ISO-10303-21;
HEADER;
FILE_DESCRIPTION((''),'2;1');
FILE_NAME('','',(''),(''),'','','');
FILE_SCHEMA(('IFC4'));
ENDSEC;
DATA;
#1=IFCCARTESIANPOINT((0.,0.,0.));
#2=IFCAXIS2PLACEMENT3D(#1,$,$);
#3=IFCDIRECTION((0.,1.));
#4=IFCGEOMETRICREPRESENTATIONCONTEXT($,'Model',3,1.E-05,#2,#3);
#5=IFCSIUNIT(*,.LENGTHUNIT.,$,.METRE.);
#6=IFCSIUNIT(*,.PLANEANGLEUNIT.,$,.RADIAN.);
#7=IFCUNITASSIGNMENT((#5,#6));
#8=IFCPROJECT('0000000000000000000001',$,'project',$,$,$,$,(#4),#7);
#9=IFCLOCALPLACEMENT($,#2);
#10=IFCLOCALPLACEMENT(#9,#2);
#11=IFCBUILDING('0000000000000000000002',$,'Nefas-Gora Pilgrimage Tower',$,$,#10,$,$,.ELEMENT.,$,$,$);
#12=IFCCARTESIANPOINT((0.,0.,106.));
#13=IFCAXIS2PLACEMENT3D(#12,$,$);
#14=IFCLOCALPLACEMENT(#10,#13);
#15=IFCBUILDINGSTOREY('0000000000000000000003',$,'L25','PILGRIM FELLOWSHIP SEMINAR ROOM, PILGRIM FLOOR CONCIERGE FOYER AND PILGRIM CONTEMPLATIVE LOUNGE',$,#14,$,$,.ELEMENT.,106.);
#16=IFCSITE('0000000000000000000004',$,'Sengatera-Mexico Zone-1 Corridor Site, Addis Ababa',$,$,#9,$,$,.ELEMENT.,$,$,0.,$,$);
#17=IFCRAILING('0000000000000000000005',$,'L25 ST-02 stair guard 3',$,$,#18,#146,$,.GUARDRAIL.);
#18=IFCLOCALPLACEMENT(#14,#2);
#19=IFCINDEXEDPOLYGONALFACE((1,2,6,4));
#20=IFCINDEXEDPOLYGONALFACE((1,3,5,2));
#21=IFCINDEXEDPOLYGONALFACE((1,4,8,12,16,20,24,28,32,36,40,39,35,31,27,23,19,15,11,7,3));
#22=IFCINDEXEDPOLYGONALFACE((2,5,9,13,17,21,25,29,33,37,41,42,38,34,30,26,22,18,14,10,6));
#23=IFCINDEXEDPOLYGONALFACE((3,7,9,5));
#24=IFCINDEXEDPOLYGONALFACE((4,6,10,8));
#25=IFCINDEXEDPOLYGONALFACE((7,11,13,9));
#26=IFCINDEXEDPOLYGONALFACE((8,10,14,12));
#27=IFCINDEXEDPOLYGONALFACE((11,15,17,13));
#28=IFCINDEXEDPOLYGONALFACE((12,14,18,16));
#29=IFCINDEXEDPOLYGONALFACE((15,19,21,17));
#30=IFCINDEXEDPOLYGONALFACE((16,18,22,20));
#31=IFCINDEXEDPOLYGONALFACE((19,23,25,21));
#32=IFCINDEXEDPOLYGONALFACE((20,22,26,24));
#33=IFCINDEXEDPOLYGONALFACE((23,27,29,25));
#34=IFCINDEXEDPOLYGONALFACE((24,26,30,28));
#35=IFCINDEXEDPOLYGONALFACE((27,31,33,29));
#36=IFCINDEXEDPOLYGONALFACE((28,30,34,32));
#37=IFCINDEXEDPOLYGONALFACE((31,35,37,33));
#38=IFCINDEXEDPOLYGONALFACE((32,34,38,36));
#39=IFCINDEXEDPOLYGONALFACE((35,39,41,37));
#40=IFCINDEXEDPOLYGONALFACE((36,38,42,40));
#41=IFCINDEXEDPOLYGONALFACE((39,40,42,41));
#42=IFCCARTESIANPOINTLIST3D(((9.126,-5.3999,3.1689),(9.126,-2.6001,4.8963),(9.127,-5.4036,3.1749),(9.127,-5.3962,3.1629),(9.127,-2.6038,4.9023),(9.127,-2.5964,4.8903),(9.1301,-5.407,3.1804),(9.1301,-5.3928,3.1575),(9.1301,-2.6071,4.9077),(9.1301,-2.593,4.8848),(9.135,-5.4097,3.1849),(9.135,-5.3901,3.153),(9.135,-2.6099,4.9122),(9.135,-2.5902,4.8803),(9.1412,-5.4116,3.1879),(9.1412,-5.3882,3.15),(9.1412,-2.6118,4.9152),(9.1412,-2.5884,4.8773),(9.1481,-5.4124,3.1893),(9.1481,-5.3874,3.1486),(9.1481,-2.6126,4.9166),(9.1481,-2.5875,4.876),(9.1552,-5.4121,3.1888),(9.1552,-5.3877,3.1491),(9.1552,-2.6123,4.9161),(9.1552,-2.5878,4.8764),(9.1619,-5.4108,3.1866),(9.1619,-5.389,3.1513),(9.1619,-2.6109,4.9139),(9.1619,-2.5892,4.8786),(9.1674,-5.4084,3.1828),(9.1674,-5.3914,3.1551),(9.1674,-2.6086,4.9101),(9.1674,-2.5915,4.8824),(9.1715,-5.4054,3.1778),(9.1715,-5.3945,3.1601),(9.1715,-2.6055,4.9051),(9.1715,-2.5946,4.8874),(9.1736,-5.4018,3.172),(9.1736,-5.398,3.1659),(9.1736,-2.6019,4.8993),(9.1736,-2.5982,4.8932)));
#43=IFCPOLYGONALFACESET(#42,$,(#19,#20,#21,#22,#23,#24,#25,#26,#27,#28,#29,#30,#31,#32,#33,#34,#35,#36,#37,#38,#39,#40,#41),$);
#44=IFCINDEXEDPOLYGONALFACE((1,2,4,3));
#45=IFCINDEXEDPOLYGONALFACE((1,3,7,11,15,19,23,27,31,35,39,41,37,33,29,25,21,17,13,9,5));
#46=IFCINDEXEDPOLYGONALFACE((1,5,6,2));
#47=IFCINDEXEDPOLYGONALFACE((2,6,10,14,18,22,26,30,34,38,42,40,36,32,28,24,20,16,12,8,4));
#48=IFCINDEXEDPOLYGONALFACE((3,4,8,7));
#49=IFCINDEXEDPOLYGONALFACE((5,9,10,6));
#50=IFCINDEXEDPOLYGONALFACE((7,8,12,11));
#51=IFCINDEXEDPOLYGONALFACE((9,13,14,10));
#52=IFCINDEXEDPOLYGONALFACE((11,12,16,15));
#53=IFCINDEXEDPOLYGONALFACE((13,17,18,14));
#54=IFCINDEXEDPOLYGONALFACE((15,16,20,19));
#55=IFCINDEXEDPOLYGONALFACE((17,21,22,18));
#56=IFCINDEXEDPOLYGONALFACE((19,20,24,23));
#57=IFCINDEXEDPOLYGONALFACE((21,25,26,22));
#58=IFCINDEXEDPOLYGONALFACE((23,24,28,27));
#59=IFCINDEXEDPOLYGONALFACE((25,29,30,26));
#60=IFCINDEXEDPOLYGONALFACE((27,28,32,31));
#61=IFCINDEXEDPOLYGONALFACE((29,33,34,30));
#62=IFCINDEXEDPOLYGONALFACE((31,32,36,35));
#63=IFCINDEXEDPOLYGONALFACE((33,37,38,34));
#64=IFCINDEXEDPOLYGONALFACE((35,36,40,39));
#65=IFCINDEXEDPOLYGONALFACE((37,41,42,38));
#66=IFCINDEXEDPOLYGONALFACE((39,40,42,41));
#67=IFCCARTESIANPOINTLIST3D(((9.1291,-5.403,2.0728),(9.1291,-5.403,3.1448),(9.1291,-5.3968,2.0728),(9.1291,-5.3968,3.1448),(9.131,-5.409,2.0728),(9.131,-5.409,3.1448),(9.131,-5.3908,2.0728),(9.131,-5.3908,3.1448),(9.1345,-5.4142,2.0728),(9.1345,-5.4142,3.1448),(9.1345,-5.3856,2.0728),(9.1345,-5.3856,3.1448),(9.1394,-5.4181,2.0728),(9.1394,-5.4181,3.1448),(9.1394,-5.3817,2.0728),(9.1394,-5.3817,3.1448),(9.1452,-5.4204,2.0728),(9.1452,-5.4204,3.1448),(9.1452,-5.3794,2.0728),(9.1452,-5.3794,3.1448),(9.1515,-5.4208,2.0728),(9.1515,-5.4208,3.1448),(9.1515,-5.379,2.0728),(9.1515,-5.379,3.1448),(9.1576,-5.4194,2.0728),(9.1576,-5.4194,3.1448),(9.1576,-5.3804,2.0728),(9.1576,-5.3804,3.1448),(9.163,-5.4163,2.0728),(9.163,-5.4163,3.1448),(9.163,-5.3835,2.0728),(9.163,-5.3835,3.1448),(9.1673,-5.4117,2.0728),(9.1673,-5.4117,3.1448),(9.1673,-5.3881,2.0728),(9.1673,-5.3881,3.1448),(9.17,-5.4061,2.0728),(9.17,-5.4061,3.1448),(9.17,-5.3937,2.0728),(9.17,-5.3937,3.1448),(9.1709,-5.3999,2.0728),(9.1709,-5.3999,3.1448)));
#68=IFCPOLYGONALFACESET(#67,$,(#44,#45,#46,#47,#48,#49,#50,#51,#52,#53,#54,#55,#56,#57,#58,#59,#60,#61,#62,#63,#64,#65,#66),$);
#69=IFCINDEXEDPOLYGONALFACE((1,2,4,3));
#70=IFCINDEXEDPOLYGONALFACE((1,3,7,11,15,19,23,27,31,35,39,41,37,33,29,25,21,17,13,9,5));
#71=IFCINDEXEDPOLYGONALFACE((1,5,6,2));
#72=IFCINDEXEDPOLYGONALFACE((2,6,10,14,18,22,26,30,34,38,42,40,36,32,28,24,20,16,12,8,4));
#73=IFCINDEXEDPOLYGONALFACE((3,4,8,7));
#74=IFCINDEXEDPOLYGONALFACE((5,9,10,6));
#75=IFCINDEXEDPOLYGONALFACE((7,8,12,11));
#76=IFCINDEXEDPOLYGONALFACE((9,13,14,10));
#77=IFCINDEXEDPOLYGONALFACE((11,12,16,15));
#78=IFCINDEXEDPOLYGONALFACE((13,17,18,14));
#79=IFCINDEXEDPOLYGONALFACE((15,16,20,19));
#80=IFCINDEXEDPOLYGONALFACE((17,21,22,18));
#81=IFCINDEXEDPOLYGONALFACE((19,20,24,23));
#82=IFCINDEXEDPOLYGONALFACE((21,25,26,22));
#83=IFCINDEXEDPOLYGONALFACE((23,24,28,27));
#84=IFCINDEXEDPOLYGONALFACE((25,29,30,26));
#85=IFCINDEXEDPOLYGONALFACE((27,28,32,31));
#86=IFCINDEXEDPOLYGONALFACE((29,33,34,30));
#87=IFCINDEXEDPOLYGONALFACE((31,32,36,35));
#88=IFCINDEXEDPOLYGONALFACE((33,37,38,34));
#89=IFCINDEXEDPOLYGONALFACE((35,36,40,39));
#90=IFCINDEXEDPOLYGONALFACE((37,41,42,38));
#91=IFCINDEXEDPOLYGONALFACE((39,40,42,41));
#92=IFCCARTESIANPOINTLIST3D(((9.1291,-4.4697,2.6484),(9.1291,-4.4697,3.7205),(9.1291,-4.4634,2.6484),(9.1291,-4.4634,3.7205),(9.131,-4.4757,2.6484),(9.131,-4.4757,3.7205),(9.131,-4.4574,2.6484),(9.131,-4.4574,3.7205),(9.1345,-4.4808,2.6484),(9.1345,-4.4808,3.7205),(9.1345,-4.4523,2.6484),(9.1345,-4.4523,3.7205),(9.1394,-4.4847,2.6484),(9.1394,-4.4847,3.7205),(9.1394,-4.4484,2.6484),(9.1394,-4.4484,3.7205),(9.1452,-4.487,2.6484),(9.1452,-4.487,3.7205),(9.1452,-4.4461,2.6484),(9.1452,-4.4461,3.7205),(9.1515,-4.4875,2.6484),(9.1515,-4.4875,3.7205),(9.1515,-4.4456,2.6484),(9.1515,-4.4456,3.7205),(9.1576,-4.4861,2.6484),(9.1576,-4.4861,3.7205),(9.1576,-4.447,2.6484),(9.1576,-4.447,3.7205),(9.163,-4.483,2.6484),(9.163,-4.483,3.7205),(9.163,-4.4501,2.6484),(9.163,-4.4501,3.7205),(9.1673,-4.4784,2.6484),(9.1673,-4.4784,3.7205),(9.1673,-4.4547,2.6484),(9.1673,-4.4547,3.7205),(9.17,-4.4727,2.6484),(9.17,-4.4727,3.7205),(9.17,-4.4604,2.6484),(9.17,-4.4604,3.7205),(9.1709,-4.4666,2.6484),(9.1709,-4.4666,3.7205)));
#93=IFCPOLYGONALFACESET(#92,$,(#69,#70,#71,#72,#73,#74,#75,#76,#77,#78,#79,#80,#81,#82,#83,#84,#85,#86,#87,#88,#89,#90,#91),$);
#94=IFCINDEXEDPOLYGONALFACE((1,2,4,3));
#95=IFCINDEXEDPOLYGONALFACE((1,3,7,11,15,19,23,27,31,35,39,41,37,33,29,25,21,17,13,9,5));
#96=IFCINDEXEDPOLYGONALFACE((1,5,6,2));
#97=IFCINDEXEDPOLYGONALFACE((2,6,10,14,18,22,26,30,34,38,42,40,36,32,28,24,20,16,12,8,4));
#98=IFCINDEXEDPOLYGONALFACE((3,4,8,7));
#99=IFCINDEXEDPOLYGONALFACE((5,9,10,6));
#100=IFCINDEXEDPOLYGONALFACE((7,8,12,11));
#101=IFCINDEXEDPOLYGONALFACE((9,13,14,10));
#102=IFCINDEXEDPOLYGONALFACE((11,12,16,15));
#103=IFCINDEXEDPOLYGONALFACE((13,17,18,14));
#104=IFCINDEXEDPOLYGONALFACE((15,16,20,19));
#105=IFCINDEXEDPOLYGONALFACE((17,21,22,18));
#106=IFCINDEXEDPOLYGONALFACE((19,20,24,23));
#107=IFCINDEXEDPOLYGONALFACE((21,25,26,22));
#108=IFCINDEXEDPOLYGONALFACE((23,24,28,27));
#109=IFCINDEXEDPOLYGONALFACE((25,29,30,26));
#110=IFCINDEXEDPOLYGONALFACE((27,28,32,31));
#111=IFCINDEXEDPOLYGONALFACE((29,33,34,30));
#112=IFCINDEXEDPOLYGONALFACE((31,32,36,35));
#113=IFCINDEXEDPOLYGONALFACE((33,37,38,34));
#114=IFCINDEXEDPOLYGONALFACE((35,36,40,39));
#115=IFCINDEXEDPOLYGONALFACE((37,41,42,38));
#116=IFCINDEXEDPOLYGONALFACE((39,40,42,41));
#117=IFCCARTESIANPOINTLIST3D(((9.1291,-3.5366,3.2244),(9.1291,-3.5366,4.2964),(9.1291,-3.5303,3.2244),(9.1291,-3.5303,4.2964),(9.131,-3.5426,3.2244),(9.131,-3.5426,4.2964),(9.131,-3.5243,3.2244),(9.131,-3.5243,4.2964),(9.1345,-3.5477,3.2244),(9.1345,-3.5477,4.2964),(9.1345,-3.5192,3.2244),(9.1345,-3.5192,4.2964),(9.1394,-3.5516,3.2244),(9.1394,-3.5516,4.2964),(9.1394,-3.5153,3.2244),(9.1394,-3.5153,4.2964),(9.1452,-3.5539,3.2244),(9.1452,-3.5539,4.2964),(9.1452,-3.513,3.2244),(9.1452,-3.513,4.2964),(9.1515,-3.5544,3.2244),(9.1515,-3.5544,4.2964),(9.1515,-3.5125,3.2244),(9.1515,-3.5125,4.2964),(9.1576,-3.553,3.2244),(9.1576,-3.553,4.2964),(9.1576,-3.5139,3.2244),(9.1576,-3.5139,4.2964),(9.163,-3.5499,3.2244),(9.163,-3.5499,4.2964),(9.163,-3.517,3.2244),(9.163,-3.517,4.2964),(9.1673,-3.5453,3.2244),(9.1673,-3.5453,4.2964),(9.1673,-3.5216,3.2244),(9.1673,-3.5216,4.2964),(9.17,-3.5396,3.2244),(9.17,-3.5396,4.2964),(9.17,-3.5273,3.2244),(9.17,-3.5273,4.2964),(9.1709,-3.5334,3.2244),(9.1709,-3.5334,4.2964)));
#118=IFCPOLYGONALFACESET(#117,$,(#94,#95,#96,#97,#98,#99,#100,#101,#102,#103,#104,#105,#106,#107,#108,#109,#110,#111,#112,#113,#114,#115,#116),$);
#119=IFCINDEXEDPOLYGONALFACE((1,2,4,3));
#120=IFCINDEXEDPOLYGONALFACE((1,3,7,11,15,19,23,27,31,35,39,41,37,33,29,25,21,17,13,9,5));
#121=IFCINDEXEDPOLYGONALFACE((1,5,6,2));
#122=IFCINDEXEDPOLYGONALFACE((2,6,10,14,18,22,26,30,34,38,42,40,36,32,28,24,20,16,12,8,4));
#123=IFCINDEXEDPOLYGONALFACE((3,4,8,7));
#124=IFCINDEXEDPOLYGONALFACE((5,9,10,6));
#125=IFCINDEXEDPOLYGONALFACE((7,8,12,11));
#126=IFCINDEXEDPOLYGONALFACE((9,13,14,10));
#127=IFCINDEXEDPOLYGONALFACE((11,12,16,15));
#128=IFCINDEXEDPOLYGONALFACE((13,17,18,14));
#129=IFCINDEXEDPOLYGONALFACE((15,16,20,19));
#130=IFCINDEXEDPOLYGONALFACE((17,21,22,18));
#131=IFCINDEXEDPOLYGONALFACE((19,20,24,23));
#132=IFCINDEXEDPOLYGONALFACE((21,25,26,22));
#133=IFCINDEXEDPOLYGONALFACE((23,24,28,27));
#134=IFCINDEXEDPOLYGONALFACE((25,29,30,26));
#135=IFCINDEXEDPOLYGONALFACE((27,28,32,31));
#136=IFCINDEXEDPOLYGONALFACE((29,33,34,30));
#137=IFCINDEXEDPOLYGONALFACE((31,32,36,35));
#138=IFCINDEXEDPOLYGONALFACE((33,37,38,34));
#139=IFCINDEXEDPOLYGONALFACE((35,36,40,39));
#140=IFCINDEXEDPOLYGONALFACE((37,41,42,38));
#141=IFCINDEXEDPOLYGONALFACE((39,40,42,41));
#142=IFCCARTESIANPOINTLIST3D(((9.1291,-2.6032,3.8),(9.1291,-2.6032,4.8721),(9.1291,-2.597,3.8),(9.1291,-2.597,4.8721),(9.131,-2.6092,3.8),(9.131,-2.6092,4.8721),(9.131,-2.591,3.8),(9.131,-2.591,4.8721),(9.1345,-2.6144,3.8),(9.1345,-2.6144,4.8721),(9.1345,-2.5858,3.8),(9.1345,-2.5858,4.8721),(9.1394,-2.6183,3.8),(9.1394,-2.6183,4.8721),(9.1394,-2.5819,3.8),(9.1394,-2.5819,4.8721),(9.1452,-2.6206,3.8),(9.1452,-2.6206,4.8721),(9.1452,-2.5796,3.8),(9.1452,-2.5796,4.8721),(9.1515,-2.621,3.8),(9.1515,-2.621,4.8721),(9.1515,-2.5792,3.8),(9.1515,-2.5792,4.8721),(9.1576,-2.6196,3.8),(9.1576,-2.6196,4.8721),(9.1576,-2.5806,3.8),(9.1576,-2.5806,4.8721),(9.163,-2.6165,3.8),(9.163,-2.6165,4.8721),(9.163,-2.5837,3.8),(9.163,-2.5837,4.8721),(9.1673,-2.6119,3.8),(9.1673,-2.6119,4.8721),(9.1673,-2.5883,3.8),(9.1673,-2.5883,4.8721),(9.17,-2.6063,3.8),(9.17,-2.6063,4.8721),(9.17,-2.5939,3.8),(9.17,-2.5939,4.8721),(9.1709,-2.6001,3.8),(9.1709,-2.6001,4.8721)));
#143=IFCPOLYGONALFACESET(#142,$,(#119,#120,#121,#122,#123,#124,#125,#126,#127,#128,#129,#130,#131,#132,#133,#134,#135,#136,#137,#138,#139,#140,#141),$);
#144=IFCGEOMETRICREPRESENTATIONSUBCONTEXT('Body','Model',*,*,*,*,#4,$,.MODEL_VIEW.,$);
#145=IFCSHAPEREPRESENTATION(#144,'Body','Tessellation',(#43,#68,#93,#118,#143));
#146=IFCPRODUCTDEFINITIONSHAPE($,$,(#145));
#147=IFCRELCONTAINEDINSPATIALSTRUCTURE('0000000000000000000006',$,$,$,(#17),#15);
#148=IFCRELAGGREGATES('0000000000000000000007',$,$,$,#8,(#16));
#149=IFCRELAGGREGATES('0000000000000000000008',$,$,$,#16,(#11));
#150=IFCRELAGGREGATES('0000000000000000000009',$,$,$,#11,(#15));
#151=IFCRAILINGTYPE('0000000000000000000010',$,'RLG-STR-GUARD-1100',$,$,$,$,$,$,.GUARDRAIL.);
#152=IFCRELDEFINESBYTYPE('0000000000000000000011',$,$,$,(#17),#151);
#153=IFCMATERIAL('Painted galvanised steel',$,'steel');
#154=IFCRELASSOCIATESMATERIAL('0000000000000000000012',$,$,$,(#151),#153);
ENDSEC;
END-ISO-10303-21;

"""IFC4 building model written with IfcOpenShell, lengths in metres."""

from ifc_helpers import new_model, si_unit, direction, frame, origin, origin_2d, place, context, subcontext, project, spatial, circle, extrude, material, type_object, element, save


model = new_model("IFC4")

# Units and contexts
model_context = context("Model", 3, precision=1e-05, world=origin(), true_north=direction((0.0, 1.0)))
body_context = subcontext(model_context, "Body", "Model", "MODEL_VIEW")
ifc_project = project(units=[si_unit("LENGTHUNIT", "METRE"), si_unit("PLANEANGLEUNIT", "RADIAN")], contexts=[model_context])

# Site, building, storey
site_placement = place(None, origin())
site = spatial("IfcSite", under=ifc_project, at=site_placement, Name="Sengatera-Mexico Zone-1 Corridor Site, Addis Ababa", CompositionType="ELEMENT", RefElevation=0.0)
building_placement = place(site_placement, origin())
building = spatial("IfcBuilding", under=site, at=building_placement, Name="Nefas-Gora Pilgrimage Tower", CompositionType="ELEMENT")
storey_placement = place(building_placement, frame((0.0, 0.0, 106.0)))
storey = spatial("IfcBuildingStorey", under=building, at=storey_placement, Name="L25", Description="PILGRIM FELLOWSHIP SEMINAR ROOM, PILGRIM FLOOR CONCIERGE FOYER AND PILGRIM CONTEMPLATIVE LOUNGE", CompositionType="ELEMENT", Elevation=106.0)

# Railing
ifc_material_1 = material(Name="Painted galvanised steel", Category="steel")
railing_type_1 = type_object("IfcRailingType", Name="RLG-STR-GUARD-1100", PredefinedType="GUARDRAIL", material=ifc_material_1)
railing_1_placement = place(storey_placement, frame((9.1499, -5.3999, 2.0728)))
element("IfcRailing", 1, at=railing_1_placement, inside=storey, type_object=railing_type_1, Name="L25 ST-02 stair guard 3", PredefinedType="GUARDRAIL", context=body_context, shape_type="SweptSolid", body=[
    extrude(circle(Radius=0.0239, at=origin_2d()), frame((0.0, 0.0, 1.0962), z_axis=(0.0, 0.851069, 0.525054), x_axis=(-1.0, 0.0, 0.0)), (0.0, 0.0, 1.0), 3.2898),
    extrude(circle(Radius=0.021, at=origin_2d()), origin(), (0.0, 0.0, 1.0), 1.072),
    extrude(circle(Radius=0.021, at=origin_2d()), frame((0.0, 0.9333, 0.5757)), (0.0, 0.0, 1.0), 1.072),
    extrude(circle(Radius=0.021, at=origin_2d()), frame((0.0, 1.8665, 1.1516)), (0.0, 0.0, 1.0), 1.072),
    extrude(circle(Radius=0.021, at=origin_2d()), frame((0.0, 2.7998, 1.7273)), (0.0, 0.0, 1.0), 1.072),
])

save(model, "model.ifc")
